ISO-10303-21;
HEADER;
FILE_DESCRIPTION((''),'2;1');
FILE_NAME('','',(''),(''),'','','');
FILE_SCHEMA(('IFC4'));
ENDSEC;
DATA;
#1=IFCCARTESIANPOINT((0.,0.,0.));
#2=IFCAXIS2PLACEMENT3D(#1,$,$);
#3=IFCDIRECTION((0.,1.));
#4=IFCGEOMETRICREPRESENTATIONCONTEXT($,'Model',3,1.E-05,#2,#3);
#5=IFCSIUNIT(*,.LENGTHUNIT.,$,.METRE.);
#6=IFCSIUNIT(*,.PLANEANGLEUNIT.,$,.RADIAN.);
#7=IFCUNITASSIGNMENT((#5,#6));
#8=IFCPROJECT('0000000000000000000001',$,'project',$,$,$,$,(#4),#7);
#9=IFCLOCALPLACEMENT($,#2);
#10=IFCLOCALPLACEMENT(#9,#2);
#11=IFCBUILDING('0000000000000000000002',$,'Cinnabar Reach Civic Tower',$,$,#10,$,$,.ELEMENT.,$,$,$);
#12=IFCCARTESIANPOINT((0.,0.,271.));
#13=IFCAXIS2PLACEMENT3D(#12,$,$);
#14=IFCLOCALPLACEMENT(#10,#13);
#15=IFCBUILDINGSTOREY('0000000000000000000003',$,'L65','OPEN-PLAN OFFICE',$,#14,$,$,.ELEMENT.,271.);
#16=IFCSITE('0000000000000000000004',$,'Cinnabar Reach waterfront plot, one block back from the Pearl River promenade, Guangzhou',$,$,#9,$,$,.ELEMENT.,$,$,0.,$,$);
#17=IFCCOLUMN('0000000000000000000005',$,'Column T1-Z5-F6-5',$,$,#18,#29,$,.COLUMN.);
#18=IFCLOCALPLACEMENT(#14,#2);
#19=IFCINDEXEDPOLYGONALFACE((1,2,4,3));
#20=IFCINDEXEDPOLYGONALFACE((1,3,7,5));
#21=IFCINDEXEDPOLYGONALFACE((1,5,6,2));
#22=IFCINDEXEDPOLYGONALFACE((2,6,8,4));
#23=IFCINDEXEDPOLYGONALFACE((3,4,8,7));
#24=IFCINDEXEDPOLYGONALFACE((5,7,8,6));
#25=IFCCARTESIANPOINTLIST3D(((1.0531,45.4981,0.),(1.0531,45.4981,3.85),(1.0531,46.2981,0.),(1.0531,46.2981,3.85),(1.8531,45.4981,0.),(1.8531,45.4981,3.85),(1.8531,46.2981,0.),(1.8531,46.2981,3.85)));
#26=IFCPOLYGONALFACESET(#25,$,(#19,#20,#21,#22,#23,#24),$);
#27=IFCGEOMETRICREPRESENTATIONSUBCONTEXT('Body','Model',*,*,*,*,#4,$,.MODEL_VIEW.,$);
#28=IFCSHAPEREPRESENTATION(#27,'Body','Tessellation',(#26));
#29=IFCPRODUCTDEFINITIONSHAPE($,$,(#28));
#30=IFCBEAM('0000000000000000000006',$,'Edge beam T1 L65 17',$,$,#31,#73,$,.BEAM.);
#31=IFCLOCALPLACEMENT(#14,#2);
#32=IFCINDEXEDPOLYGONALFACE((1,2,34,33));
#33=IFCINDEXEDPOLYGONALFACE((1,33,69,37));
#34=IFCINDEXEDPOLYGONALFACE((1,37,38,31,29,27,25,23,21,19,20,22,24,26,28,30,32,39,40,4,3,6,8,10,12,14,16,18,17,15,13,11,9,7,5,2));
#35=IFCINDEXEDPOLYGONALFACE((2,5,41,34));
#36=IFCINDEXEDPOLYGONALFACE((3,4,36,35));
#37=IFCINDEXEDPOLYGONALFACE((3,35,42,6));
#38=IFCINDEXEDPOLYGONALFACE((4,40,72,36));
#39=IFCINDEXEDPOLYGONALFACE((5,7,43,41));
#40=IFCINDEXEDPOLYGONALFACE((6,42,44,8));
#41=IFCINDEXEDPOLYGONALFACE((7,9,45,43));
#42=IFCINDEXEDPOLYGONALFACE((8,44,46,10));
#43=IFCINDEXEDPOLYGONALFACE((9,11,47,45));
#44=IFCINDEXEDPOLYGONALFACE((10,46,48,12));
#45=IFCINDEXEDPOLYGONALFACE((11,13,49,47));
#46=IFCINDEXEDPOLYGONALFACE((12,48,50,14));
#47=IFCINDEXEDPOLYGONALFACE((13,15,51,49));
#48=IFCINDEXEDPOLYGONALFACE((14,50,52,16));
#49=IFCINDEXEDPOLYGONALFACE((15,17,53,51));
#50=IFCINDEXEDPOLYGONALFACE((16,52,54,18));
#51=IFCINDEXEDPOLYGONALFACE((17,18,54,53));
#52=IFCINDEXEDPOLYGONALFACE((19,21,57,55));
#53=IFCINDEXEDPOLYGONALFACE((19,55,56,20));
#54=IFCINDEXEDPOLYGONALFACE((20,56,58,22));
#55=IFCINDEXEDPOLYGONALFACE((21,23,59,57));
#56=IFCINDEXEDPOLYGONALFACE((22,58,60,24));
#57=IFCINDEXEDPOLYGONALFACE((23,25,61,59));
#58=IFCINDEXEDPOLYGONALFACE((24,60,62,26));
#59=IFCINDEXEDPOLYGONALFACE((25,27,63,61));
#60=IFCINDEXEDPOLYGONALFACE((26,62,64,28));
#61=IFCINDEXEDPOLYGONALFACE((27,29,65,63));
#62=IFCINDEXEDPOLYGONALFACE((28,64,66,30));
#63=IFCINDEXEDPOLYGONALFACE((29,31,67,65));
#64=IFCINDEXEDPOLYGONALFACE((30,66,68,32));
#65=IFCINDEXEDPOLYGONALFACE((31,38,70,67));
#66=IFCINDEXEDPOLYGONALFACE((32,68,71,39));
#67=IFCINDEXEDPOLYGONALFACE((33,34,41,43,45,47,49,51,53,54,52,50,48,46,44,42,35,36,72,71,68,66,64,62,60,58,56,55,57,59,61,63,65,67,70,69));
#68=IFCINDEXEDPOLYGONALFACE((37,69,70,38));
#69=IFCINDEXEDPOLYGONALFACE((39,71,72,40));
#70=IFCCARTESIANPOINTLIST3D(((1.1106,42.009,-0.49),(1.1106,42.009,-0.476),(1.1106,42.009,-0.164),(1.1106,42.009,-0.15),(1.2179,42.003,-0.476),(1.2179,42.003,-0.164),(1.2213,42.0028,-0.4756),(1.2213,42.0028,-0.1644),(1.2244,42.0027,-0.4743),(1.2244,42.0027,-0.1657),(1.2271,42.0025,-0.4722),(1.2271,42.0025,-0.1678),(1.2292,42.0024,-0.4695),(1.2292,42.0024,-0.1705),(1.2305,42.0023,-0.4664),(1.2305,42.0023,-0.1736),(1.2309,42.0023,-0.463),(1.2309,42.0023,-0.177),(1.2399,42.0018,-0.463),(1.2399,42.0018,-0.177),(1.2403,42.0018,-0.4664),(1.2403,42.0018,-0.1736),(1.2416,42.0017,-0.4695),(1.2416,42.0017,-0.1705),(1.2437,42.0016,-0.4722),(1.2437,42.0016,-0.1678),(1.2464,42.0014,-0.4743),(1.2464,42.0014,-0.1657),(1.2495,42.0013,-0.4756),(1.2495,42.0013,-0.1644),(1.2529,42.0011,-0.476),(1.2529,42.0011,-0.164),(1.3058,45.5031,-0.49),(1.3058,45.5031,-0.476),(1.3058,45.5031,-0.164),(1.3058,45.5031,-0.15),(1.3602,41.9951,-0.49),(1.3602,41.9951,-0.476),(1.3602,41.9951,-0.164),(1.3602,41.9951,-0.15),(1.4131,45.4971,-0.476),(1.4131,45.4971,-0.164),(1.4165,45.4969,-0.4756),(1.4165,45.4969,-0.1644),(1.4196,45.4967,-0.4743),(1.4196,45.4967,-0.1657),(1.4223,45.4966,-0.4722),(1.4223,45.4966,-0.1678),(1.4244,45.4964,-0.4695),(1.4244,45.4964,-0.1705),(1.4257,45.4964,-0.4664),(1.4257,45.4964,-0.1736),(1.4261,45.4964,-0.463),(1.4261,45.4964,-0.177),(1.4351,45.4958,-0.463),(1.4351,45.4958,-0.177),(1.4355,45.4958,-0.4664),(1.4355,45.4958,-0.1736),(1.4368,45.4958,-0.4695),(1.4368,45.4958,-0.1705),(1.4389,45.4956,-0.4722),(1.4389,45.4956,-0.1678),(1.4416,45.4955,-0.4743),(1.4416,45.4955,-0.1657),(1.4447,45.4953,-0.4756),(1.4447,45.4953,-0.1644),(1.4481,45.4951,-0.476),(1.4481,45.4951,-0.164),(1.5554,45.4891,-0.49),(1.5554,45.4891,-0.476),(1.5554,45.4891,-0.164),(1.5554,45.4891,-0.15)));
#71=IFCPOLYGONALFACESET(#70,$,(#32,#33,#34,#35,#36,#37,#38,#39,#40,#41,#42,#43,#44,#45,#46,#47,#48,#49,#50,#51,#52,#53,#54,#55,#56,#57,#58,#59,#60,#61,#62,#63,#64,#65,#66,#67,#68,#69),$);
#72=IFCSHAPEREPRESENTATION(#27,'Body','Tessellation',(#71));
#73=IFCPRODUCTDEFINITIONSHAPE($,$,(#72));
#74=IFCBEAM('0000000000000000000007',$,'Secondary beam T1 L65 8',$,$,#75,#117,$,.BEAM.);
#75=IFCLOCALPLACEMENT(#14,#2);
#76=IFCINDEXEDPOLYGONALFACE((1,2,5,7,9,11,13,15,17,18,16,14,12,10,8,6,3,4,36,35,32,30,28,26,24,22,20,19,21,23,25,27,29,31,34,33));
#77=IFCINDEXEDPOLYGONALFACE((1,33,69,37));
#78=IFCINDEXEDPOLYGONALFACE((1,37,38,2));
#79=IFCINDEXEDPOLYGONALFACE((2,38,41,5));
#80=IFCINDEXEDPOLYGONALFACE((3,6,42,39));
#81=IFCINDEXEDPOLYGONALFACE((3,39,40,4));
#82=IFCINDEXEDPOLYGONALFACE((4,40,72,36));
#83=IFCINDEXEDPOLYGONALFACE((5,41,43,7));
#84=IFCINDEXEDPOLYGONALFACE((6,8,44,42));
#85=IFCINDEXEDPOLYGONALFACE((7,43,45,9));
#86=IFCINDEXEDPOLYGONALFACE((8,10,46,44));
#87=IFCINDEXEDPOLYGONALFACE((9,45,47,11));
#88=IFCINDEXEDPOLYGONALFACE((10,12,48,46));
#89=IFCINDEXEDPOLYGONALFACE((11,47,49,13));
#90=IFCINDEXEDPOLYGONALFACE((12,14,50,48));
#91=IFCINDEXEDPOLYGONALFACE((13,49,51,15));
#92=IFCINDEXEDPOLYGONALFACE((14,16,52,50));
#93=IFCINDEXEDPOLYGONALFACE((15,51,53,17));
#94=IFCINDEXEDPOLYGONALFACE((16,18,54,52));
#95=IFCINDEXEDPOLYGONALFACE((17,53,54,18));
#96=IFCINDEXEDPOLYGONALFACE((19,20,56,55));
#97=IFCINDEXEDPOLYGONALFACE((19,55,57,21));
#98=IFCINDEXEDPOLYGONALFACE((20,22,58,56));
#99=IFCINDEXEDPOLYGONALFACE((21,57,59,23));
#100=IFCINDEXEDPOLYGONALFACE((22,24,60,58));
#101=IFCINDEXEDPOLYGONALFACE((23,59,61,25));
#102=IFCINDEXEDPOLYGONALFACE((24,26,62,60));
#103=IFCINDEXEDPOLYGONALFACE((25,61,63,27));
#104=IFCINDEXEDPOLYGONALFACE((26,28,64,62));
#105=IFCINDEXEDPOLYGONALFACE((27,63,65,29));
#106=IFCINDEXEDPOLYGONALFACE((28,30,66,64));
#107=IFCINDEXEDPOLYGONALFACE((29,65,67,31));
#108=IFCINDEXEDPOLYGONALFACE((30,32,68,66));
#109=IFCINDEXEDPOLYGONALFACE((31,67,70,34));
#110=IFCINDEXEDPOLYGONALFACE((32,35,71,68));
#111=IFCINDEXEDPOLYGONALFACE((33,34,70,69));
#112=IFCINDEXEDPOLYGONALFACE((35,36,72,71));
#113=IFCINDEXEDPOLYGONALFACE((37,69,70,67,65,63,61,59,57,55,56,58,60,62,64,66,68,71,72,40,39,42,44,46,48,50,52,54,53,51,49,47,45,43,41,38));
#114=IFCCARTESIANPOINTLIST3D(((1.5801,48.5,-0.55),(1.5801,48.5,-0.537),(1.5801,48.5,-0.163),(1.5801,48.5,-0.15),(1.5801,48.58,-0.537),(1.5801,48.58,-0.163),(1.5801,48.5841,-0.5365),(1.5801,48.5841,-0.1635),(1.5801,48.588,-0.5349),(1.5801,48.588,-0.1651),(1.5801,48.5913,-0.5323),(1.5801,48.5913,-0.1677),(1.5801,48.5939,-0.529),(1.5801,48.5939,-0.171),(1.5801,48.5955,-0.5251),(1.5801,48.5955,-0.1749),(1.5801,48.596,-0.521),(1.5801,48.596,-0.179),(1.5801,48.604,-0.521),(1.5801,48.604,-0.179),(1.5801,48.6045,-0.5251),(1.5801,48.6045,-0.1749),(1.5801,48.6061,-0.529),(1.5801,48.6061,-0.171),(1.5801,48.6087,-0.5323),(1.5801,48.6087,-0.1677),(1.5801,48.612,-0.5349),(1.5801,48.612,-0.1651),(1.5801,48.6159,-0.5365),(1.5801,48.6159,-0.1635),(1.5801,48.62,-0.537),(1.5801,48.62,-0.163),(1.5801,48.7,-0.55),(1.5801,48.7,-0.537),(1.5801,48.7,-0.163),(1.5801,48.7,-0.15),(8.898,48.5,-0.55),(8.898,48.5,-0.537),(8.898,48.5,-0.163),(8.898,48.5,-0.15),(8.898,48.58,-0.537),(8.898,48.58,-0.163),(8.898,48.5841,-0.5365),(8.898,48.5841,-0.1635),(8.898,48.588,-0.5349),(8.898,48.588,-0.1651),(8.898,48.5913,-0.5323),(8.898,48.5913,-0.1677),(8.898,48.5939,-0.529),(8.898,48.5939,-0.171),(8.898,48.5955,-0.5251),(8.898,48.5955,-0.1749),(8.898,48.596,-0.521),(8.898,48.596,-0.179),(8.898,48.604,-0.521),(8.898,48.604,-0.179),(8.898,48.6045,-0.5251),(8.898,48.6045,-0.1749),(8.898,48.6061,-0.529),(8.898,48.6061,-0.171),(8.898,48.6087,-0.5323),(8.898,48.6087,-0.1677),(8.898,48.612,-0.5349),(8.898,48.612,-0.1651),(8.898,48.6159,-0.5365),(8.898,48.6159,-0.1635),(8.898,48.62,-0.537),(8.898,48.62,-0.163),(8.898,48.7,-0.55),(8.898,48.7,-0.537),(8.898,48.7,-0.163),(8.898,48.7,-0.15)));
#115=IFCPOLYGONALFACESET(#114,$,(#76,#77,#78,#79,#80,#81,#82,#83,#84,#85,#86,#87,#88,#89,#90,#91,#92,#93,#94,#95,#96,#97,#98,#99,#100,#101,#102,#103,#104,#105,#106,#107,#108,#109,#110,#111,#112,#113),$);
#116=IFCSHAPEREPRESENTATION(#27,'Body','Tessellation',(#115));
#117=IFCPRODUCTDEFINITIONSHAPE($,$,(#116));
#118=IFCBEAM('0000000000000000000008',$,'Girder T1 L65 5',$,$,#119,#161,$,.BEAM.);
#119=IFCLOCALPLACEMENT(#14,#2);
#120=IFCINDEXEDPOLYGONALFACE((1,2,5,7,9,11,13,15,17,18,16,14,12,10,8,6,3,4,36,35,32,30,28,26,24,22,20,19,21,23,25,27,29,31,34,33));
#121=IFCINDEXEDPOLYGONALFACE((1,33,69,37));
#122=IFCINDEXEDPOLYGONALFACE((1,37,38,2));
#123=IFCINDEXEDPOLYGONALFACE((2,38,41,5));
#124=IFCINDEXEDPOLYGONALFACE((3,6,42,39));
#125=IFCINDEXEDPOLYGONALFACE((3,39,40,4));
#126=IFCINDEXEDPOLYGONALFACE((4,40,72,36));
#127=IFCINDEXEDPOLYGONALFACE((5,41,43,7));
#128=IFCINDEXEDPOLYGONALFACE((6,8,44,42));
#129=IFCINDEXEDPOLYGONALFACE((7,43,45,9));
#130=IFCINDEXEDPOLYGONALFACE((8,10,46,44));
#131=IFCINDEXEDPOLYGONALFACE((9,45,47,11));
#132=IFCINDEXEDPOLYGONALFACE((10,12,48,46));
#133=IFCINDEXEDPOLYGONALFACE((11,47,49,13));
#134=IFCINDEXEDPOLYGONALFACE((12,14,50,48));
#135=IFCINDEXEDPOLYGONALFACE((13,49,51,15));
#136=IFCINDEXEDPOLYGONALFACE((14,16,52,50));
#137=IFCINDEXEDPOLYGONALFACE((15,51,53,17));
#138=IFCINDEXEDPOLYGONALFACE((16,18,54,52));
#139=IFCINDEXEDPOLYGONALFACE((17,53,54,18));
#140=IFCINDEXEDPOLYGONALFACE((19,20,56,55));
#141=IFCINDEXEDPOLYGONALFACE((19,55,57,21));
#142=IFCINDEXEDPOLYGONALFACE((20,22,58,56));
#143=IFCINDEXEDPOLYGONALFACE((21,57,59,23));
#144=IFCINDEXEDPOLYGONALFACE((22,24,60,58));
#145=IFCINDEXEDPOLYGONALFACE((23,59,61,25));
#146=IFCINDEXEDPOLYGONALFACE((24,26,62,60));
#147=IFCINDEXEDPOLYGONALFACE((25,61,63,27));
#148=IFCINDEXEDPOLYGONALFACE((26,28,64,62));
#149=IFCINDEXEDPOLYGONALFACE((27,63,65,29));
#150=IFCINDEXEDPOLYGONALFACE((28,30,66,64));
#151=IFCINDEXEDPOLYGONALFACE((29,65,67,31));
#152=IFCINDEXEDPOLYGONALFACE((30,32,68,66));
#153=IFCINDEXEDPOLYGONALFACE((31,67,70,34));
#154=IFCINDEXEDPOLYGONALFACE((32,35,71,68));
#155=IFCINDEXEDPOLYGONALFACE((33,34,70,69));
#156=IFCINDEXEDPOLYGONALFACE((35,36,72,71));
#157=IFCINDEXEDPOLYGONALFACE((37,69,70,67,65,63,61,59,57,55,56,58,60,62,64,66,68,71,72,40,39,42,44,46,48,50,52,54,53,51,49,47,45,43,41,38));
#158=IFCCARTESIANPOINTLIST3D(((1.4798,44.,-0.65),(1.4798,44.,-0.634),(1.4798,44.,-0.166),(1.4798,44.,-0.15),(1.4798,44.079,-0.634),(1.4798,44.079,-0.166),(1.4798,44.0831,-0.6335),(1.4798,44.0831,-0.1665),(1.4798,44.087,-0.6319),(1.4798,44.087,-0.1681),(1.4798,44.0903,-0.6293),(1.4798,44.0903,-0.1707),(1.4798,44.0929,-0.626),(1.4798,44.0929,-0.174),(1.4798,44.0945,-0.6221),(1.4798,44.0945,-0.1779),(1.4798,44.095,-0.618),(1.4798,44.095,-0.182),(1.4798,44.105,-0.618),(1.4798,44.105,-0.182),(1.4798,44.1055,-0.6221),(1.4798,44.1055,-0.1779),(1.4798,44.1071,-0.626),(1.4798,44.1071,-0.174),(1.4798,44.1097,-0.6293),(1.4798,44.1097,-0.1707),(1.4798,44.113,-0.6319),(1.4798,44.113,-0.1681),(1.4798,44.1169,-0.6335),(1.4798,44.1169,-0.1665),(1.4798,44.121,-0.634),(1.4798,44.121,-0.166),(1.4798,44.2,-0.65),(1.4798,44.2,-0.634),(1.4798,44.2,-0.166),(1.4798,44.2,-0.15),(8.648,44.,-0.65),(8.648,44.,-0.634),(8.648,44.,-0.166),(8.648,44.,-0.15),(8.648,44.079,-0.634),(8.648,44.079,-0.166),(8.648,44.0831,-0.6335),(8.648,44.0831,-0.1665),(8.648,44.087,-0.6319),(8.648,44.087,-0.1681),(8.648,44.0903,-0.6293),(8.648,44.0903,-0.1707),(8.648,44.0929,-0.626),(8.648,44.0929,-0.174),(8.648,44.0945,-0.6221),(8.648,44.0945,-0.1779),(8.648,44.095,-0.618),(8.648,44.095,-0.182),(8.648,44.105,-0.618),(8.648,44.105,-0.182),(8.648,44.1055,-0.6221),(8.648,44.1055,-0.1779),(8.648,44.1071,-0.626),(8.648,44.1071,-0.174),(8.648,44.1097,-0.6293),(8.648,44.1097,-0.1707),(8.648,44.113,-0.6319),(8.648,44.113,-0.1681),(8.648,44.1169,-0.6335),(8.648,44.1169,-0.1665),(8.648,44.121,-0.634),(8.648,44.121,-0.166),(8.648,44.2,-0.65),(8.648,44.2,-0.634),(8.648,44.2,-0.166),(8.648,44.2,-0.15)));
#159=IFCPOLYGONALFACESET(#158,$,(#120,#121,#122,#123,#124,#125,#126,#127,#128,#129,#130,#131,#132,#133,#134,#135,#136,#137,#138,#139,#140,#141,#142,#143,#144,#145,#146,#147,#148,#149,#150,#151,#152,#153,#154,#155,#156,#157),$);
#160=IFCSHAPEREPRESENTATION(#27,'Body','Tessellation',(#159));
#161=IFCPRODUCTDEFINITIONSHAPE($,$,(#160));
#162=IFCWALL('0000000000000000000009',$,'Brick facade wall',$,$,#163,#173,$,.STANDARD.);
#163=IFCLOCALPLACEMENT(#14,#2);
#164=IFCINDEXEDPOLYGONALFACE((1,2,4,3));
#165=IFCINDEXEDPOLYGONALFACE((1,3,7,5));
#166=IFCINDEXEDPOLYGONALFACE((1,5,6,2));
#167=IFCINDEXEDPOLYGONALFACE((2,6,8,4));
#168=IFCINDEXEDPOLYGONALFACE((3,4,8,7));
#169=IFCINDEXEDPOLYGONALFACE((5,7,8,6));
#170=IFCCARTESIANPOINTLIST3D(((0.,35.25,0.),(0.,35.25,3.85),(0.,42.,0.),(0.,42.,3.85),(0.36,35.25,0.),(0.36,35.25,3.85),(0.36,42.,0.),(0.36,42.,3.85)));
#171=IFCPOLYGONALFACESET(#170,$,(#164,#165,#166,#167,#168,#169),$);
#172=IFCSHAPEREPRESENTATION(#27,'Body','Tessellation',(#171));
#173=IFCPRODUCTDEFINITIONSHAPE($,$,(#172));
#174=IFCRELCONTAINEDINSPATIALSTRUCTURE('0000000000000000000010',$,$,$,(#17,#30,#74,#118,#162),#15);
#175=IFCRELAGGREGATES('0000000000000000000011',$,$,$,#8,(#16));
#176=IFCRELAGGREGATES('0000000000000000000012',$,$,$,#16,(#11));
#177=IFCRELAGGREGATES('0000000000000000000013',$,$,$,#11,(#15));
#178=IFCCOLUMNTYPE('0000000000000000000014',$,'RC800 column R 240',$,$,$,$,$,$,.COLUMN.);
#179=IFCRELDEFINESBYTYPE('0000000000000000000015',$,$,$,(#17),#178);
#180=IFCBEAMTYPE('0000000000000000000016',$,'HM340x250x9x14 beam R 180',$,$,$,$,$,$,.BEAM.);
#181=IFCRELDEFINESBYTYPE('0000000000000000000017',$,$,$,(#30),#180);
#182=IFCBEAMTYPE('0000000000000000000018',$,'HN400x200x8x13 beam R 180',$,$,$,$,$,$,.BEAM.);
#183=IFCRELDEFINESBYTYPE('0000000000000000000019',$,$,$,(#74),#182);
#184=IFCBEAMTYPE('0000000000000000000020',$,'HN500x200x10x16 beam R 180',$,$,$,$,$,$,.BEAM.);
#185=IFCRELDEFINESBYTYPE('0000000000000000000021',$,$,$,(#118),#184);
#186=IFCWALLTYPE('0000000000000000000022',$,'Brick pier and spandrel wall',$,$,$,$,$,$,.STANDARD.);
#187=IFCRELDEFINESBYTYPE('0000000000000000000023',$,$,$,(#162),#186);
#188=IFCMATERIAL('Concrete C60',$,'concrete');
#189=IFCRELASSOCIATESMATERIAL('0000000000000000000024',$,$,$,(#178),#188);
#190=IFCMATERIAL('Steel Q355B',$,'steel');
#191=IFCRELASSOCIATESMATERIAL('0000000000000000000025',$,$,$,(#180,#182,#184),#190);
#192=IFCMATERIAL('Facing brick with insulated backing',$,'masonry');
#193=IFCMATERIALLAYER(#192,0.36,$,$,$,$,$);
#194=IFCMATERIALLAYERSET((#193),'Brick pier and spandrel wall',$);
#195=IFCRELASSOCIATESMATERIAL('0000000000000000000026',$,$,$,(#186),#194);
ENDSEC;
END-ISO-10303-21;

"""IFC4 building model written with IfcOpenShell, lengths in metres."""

from ifc_helpers import new_model, si_unit, direction, frame, frame_2d, origin, origin_2d, place, context, subcontext, project, spatial, rectangle, i_section, extrude, material, layer, layer_set, material_profile, profile_set, type_object, element, save


model = new_model("IFC4")

# Units and contexts
model_context = context("Model", 3, precision=1e-05, world=origin(), true_north=direction((0.0, 1.0)))
body_context = subcontext(model_context, "Body", "Model", "MODEL_VIEW")
ifc_project = project(units=[si_unit("LENGTHUNIT", "METRE"), si_unit("PLANEANGLEUNIT", "RADIAN")], contexts=[model_context])

# Site, building, storey
site_placement = place(None, origin())
site = spatial("IfcSite", under=ifc_project, at=site_placement, Name="Cinnabar Reach waterfront plot, one block back from the Pearl River promenade, Guangzhou", CompositionType="ELEMENT", RefElevation=0.0)
building_placement = place(site_placement, origin())
building = spatial("IfcBuilding", under=site, at=building_placement, Name="Cinnabar Reach Civic Tower", CompositionType="ELEMENT")
storey_placement = place(building_placement, frame((0.0, 0.0, 271.0)))
storey = spatial("IfcBuildingStorey", under=building, at=storey_placement, Name="L65", Description="OPEN-PLAN OFFICE", CompositionType="ELEMENT", Elevation=271.0)

# Column
ifc_material_1 = material(Name="Concrete C60", Category="concrete")
ifc_material_profile_1 = material_profile(ifc_material_1, rectangle(XDim=0.8, YDim=0.8, at=origin_2d()), Name="RC800")
ifc_profile_set_1 = profile_set([ifc_material_profile_1], Name="Concrete C60")
column_type = type_object("IfcColumnType", Name="RC800 column R 240", PredefinedType="COLUMN", material=ifc_profile_set_1)
column_placement = place(storey_placement, frame((1.4531, 45.8981, 0.0), z_axis=(0.0, 0.0, 1.0), x_axis=(1.0, 0.0, 0.0)))
element("IfcColumn", 1, at=column_placement, inside=storey, type_object=column_type, Name="Column T1-Z5-F6-5", PredefinedType="COLUMN", context=body_context, shape_type="SweptSolid", body=[
    extrude(rectangle(XDim=0.8, YDim=0.8, at=origin_2d()), origin(), (0.0, 0.0, 1.0), 3.85),
])

# Beams
ifc_material_2 = material(Name="Steel Q355B", Category="steel")
ifc_material_profile_2 = material_profile(ifc_material_2, i_section(OverallWidth=0.25, OverallDepth=0.34, WebThickness=0.009, FlangeThickness=0.014, FilletRadius=0.013, at=origin_2d()), Name="HM340x250x9x14")
ifc_profile_set_2 = profile_set([ifc_material_profile_2], Name="Steel Q355B")
beam_type_1 = type_object("IfcBeamType", Name="HM340x250x9x14 beam R 180", PredefinedType="BEAM", material=ifc_profile_set_2)
beam_1_placement = place(storey_placement, frame((1.4306, 45.4961, -0.32), z_axis=(-0.055779, -0.998443, 0.0), x_axis=(0.998443, -0.055779, 0.0)))
element("IfcBeam", 2, at=beam_1_placement, inside=storey, type_object=beam_type_1, Name="Edge beam T1 L65 17", PredefinedType="BEAM", context=body_context, shape_type="SweptSolid", body=[
    extrude(i_section(OverallWidth=0.25, OverallDepth=0.34, WebThickness=0.009, FlangeThickness=0.014, FilletRadius=0.013, at=origin_2d()), origin(), (0.0, 0.0, 1.0), 3.4995),
])
ifc_material_profile_3 = material_profile(ifc_material_2, i_section(OverallWidth=0.2, OverallDepth=0.4, WebThickness=0.008, FlangeThickness=0.013, FilletRadius=0.016, at=origin_2d()), Name="HN400x200x8x13")
ifc_profile_set_3 = profile_set([ifc_material_profile_3], Name="Steel Q355B")
beam_type_2 = type_object("IfcBeamType", Name="HN400x200x8x13 beam R 180", PredefinedType="BEAM", material=ifc_profile_set_3)
beam_2_placement = place(storey_placement, frame((1.5801, 48.6, -0.35), z_axis=(1.0, 0.0, 0.0), x_axis=(0.0, 1.0, 0.0)))
element("IfcBeam", 3, at=beam_2_placement, inside=storey, type_object=beam_type_2, Name="Secondary beam T1 L65 8", PredefinedType="BEAM", context=body_context, shape_type="SweptSolid", body=[
    extrude(i_section(OverallWidth=0.2, OverallDepth=0.4, WebThickness=0.008, FlangeThickness=0.013, FilletRadius=0.016, at=origin_2d()), origin(), (0.0, 0.0, 1.0), 7.3179),
])
ifc_material_profile_4 = material_profile(ifc_material_2, i_section(OverallWidth=0.2, OverallDepth=0.5, WebThickness=0.01, FlangeThickness=0.016, FilletRadius=0.016, at=origin_2d()), Name="HN500x200x10x16")
ifc_profile_set_4 = profile_set([ifc_material_profile_4], Name="Steel Q355B")
beam_type_3 = type_object("IfcBeamType", Name="HN500x200x10x16 beam R 180", PredefinedType="BEAM", material=ifc_profile_set_4)
beam_3_placement = place(storey_placement, frame((1.4798, 44.1, -0.4), z_axis=(1.0, 0.0, 0.0), x_axis=(0.0, 1.0, 0.0)))
element("IfcBeam", 4, at=beam_3_placement, inside=storey, type_object=beam_type_3, Name="Girder T1 L65 5", PredefinedType="BEAM", context=body_context, shape_type="SweptSolid", body=[
    extrude(i_section(OverallWidth=0.2, OverallDepth=0.5, WebThickness=0.01, FlangeThickness=0.016, FilletRadius=0.016, at=origin_2d()), origin(), (0.0, 0.0, 1.0), 7.1682),
])

# Wall
ifc_material_3 = material(Name="Facing brick with insulated backing", Category="masonry")
ifc_layer_1 = layer(ifc_material_3, 0.36)
ifc_layer_set_1 = layer_set([ifc_layer_1], Name="Brick pier and spandrel wall")
wall_type_1 = type_object("IfcWallType", Name="Brick pier and spandrel wall", PredefinedType="STANDARD", material=ifc_layer_set_1)
wall_1_placement = place(storey_placement, frame((0.18, 42.0, 0.0), z_axis=(0.0, 0.0, 1.0), x_axis=(0.0, -1.0, 0.0)))
element("IfcWall", 5, at=wall_1_placement, inside=storey, type_object=wall_type_1, Name="Brick facade wall", PredefinedType="STANDARD", context=body_context, shape_type="SweptSolid", body=[
    extrude(rectangle(XDim=6.75, YDim=0.36, at=frame_2d((3.375, 0.0))), origin(), (0.0, 0.0, 1.0), 3.85),
])

save(model, "model.ifc")
